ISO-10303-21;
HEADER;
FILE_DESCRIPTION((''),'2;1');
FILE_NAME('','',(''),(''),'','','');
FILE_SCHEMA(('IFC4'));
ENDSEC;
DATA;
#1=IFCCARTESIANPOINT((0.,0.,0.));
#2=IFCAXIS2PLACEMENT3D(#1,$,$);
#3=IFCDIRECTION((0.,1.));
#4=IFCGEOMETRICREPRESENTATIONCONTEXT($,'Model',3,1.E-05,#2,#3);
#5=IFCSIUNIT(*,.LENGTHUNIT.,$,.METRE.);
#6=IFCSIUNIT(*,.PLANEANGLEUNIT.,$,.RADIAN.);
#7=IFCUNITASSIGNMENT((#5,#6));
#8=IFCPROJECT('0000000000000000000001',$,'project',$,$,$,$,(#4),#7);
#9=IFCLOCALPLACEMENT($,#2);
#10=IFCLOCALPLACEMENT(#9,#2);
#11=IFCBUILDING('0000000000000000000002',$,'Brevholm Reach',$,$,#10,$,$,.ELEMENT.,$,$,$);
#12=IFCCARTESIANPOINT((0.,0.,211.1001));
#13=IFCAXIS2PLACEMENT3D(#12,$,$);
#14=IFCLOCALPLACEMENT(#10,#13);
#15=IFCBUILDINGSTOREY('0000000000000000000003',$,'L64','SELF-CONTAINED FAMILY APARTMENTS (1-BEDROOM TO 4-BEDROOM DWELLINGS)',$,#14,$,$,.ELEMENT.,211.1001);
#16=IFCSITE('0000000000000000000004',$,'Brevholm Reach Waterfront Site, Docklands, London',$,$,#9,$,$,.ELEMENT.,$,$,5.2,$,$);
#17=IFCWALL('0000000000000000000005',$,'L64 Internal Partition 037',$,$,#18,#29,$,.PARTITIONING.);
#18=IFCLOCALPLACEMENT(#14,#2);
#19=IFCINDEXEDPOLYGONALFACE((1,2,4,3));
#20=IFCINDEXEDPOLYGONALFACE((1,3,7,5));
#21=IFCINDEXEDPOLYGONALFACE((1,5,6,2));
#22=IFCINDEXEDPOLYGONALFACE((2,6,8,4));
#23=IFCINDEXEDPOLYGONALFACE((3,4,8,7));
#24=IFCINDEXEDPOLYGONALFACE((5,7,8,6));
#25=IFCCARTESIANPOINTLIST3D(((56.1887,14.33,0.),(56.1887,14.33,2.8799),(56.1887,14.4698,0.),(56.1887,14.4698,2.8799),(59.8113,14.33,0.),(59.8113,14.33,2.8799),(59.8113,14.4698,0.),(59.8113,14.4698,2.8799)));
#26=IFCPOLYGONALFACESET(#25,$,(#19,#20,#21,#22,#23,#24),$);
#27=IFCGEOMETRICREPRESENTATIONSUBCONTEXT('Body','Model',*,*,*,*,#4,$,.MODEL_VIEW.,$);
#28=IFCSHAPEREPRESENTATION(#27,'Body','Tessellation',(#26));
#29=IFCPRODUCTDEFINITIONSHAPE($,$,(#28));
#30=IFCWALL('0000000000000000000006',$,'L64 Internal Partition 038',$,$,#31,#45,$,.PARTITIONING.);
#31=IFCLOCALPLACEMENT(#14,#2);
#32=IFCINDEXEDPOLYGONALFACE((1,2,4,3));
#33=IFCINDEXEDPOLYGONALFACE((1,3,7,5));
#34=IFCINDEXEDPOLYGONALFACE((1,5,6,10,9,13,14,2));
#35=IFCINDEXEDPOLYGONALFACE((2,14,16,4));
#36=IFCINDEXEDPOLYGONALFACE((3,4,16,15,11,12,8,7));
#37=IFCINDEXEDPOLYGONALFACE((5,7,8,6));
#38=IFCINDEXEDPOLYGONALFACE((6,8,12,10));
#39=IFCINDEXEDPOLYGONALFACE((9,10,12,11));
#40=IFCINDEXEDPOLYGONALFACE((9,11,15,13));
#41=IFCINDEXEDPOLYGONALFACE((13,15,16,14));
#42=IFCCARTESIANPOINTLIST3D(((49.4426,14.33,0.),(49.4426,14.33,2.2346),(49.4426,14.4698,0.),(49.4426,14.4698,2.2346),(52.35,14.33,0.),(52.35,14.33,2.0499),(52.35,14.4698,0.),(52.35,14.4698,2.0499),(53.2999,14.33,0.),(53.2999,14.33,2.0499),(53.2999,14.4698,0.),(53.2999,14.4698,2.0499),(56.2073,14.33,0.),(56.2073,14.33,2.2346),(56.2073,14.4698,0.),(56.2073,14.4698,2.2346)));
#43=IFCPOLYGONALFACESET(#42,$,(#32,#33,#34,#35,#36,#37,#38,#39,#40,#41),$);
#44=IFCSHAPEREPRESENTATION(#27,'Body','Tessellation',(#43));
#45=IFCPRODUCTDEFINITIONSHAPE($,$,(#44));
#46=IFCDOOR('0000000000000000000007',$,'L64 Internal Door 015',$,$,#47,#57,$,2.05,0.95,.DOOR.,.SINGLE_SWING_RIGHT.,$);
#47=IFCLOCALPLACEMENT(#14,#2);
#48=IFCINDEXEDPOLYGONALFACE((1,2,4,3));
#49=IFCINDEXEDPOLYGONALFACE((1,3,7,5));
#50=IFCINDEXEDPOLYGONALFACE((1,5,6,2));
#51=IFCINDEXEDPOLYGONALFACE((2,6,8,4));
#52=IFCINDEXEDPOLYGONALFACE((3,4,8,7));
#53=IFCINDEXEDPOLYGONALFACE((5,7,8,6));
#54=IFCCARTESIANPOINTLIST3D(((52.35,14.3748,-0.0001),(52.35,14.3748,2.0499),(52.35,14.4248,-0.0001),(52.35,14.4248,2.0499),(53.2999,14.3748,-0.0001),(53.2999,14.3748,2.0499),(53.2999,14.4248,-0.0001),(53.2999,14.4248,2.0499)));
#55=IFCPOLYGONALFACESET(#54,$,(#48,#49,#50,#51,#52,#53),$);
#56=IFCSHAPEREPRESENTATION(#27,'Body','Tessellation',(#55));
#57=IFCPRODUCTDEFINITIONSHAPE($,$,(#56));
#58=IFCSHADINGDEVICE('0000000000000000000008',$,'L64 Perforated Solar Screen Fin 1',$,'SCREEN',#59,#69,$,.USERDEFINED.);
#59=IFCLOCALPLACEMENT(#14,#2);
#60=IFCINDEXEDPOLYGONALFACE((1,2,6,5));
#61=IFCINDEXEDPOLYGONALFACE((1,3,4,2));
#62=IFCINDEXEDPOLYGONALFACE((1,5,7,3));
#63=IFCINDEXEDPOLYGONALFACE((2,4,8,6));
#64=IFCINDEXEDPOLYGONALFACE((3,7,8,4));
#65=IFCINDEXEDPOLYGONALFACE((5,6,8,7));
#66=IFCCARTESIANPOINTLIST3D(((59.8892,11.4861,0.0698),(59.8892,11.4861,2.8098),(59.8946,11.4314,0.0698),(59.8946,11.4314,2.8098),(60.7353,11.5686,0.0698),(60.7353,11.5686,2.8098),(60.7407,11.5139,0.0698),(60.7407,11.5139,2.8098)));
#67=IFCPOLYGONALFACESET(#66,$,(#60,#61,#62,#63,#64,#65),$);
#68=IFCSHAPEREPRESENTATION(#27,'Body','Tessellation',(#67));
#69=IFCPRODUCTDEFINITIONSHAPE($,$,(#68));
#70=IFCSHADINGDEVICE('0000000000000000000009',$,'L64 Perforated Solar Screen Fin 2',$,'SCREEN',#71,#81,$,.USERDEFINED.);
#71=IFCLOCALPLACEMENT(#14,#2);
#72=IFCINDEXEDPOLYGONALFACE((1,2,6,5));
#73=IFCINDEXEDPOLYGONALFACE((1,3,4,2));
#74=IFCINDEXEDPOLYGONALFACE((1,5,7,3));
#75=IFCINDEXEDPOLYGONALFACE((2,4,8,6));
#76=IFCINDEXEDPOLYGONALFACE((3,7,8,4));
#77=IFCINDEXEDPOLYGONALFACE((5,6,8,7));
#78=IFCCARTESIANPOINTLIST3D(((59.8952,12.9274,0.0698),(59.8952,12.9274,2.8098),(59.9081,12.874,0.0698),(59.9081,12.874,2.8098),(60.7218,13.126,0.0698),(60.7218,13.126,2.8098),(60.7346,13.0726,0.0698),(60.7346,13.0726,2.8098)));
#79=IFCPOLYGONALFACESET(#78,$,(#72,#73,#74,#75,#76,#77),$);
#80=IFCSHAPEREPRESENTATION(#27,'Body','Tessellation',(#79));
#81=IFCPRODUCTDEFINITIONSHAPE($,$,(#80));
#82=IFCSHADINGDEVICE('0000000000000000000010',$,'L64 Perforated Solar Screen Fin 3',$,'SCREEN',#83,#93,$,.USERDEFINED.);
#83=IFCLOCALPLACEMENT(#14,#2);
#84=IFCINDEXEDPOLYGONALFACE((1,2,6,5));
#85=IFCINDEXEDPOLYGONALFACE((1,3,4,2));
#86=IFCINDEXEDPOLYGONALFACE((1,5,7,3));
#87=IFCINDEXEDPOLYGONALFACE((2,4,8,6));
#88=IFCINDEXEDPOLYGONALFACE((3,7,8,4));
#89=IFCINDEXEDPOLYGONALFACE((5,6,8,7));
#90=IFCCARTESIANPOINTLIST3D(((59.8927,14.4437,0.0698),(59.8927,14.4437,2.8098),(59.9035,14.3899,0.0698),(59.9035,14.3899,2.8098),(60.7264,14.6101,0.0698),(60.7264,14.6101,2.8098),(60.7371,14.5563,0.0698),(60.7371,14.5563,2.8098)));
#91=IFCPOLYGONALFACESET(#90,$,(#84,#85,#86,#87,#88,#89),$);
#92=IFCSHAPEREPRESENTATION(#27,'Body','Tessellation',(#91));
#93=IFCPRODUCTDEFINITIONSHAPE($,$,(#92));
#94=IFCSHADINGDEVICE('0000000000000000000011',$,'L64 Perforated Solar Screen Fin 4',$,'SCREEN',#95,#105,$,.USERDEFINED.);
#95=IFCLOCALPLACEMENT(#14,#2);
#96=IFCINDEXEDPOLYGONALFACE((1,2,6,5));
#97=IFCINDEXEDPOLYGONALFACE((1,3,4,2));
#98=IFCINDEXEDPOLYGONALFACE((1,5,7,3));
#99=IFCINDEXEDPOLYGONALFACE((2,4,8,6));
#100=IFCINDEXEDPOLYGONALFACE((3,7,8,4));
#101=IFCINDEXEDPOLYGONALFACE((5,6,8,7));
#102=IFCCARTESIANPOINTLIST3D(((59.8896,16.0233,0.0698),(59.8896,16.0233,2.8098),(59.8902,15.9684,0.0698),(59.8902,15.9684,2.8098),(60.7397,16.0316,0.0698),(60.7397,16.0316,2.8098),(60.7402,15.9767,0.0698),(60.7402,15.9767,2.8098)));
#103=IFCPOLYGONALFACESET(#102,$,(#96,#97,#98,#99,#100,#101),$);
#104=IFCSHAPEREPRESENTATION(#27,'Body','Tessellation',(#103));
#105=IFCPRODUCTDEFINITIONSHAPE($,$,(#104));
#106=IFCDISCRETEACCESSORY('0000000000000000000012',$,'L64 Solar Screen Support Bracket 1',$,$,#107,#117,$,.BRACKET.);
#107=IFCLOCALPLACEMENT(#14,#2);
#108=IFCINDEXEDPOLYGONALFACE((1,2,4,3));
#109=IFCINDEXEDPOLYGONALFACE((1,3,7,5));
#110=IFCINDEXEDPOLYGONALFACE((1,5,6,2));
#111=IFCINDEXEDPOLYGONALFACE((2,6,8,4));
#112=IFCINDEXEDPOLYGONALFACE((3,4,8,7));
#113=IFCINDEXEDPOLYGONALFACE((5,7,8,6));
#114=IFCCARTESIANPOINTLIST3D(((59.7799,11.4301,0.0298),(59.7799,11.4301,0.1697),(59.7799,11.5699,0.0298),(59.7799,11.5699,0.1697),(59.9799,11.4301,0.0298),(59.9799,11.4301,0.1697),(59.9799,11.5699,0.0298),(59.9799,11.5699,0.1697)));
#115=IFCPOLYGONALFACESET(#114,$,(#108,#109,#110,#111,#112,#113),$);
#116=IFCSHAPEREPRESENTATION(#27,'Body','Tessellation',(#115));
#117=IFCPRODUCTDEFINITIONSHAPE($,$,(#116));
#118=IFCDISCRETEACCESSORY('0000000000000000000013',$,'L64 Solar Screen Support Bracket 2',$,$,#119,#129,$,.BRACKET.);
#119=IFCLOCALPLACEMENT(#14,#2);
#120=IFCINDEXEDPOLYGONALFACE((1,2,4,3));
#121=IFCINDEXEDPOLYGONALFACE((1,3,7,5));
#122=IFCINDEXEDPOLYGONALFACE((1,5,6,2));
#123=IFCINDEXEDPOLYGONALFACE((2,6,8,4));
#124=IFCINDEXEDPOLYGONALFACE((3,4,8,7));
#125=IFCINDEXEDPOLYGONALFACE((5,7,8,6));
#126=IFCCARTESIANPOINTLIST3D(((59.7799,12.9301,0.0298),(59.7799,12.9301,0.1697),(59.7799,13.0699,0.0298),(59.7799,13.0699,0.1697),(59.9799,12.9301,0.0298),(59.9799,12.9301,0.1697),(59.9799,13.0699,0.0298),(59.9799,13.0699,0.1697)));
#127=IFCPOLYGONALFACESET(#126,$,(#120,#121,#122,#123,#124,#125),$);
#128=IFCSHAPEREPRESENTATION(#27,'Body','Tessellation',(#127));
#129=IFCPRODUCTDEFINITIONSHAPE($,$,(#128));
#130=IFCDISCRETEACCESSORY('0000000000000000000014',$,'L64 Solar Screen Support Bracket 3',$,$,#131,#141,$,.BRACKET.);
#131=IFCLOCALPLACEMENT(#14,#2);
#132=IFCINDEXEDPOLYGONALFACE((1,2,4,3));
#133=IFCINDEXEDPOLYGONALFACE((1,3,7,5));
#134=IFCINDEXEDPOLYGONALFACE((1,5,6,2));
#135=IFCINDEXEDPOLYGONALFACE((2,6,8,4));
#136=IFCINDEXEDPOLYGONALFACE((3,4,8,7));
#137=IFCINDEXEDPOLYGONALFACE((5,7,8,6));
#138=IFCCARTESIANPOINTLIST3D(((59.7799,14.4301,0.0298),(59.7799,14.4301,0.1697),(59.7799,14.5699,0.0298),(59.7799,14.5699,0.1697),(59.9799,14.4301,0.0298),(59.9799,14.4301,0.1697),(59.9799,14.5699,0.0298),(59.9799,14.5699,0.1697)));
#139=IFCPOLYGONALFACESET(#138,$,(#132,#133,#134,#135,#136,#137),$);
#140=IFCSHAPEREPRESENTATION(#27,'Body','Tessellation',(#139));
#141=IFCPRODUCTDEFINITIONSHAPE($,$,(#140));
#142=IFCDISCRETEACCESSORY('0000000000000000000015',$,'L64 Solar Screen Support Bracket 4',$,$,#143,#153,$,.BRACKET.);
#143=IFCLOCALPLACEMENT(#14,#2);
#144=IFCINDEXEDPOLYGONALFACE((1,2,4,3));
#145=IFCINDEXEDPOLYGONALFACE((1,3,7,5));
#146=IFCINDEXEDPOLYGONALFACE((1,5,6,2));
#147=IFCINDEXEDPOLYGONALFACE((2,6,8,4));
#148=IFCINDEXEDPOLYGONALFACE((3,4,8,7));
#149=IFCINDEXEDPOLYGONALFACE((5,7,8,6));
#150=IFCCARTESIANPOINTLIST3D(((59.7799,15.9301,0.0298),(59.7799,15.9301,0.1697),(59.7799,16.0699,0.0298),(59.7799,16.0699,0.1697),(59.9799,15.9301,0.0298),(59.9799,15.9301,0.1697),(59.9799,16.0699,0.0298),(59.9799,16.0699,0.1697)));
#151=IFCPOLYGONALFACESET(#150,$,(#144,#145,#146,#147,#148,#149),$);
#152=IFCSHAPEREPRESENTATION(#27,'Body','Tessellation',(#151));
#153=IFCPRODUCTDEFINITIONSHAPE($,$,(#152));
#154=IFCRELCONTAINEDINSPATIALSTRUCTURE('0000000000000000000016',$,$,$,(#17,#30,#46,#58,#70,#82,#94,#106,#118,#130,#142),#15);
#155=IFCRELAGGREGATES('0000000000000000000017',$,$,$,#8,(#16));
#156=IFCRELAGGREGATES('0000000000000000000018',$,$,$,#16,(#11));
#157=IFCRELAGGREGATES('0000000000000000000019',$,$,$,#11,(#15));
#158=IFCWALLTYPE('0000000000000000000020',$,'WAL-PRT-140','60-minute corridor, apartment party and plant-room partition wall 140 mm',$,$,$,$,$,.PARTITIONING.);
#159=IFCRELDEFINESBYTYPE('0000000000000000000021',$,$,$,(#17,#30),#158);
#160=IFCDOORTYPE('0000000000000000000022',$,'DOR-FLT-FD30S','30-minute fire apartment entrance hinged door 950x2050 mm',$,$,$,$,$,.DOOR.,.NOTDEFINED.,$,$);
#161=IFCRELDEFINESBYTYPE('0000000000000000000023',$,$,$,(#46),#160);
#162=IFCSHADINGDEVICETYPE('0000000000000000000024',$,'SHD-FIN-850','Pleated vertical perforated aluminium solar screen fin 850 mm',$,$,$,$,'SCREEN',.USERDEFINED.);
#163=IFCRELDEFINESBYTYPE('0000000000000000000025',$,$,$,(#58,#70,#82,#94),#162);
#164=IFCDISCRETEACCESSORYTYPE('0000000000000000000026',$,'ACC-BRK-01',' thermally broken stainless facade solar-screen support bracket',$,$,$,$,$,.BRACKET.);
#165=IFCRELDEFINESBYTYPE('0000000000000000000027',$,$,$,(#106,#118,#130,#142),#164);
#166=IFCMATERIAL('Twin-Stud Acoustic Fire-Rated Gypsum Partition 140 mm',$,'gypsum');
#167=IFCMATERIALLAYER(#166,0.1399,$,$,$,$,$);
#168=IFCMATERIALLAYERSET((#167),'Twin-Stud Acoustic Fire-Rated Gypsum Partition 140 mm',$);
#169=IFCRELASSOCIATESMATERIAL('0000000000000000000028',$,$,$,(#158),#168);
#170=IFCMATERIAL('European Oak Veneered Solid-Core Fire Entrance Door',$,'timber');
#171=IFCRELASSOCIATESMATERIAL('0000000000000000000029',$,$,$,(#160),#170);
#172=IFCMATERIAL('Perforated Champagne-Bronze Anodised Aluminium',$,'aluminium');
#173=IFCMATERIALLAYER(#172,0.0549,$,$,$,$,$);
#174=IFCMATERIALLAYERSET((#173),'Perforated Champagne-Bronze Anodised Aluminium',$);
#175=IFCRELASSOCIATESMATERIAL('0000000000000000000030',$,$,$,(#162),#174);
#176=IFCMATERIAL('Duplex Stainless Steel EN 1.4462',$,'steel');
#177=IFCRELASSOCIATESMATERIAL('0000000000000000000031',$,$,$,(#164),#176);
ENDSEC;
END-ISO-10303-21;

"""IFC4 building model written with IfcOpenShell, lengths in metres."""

from ifc_helpers import new_model, si_unit, direction, frame, frame_2d, origin, origin_2d, place, context, subcontext, project, spatial, rectangle, extrude, material, layer, layer_set, type_object, element, fill, save


model = new_model("IFC4")

# Units and contexts
model_context = context("Model", 3, precision=1e-05, world=origin(), true_north=direction((0.0, 1.0)))
body_context = subcontext(model_context, "Body", "Model", "MODEL_VIEW")
ifc_project = project(units=[si_unit("LENGTHUNIT", "METRE"), si_unit("PLANEANGLEUNIT", "RADIAN")], contexts=[model_context])

# Site, building, storey
site_placement = place(None, origin())
site = spatial("IfcSite", under=ifc_project, at=site_placement, Name="Brevholm Reach Waterfront Site, Docklands, London", CompositionType="ELEMENT", RefElevation=5.2)
building_placement = place(site_placement, origin())
building = spatial("IfcBuilding", under=site, at=building_placement, Name="Brevholm Reach", CompositionType="ELEMENT")
storey_placement = place(building_placement, frame((0.0, 0.0, 211.1001)))
storey = spatial("IfcBuildingStorey", under=building, at=storey_placement, Name="L64", Description="SELF-CONTAINED FAMILY APARTMENTS (1-BEDROOM TO 4-BEDROOM DWELLINGS)", CompositionType="ELEMENT", Elevation=211.1001)

# Wall
ifc_material_1 = material(Name="Twin-Stud Acoustic Fire-Rated Gypsum Partition 140 mm", Category="gypsum")
ifc_layer_1 = layer(ifc_material_1, 0.1399)
ifc_layer_set_1 = layer_set([ifc_layer_1], Name="Twin-Stud Acoustic Fire-Rated Gypsum Partition 140 mm")
wall_type_1 = type_object("IfcWallType", Name="WAL-PRT-140", Description="60-minute corridor, apartment party and plant-room partition wall 140 mm", PredefinedType="PARTITIONING", material=ifc_layer_set_1)
wall_1_placement = place(storey_placement, frame((56.1887, 14.3999, 0.0), z_axis=(0.0, 0.0, 1.0), x_axis=(1.0, 0.0, 0.0)))
element("IfcWall", 1, at=wall_1_placement, inside=storey, type_object=wall_type_1, Name="L64 Internal Partition 037", PredefinedType="PARTITIONING", context=body_context, shape_type="SweptSolid", body=[
    extrude(rectangle(XDim=3.6226, YDim=0.1399, at=frame_2d((1.8113, 0.0))), origin(), (0.0, 0.0, 1.0), 2.8799),
])

# Wall, opening, door
wall_2_placement = place(storey_placement, frame((49.4426, 14.3999, 0.0), z_axis=(0.0, 0.0, 1.0), x_axis=(1.0, 0.0, 0.0)))
wall_2 = element("IfcWall", 2, at=wall_2_placement, inside=storey, type_object=wall_type_1, Name="L64 Internal Partition 038", PredefinedType="PARTITIONING", context=body_context, shape_type="SweptSolid", body=[
    extrude(rectangle(XDim=6.7646, YDim=0.1399, at=frame_2d((3.3823, 0.0))), origin(), (0.0, 0.0, 1.0), 2.2346),
])
opening_1_placement = place(wall_2_placement, frame((2.9072, 0.0, 0.0)))
opening_1 = element("IfcOpeningElement", 3, at=opening_1_placement, cuts=wall_2, PredefinedType="OPENING", context=body_context, shape_type="SweptSolid", body=[
    extrude(rectangle(XDim=0.95, YDim=2.05, at=frame_2d((0.4751, 1.0249))), frame((0.0, 0.0798, 0.0), z_axis=(0.0, -1.0, 0.0), x_axis=(1.0, 0.0, 0.0)), (0.0, 0.0, 1.0), 0.1599),
])
ifc_material_2 = material(Name="European Oak Veneered Solid-Core Fire Entrance Door", Category="timber")
door_type_1 = type_object("IfcDoorType", Name="DOR-FLT-FD30S", Description="30-minute fire apartment entrance hinged door 950x2050 mm", OperationType="NOTDEFINED", PredefinedType="DOOR", material=ifc_material_2)
door_1_placement = place(opening_1_placement, origin())
door_1 = element("IfcDoor", 4, at=door_1_placement, inside=storey, type_object=door_type_1, Name="L64 Internal Door 015", OperationType="SINGLE_SWING_RIGHT", OverallHeight=2.05, OverallWidth=0.95, PredefinedType="DOOR", context=body_context, shape_type="SweptSolid", body=[
    extrude(rectangle(XDim=0.95, YDim=2.05, at=frame_2d((0.4751, 1.0249))), frame((0.0, 0.0249, 0.0), z_axis=(0.0, -1.0, 0.0), x_axis=(1.0, 0.0, 0.0)), (0.0, 0.0, 1.0), 0.05),
])
fill(opening_1, door_1)

# Shading devices
ifc_material_3 = material(Name="Perforated Champagne-Bronze Anodised Aluminium", Category="aluminium")
ifc_layer_2 = layer(ifc_material_3, 0.0549)
ifc_layer_set_2 = layer_set([ifc_layer_2], Name="Perforated Champagne-Bronze Anodised Aluminium")
shading_device_type = type_object("IfcShadingDeviceType", Name="SHD-FIN-850", Description="Pleated vertical perforated aluminium solar screen fin 850 mm", ElementType="SCREEN", PredefinedType="USERDEFINED", material=ifc_layer_set_2)
for number, where, z_axis, x_axis, name in (
    (5, (60.3149, 11.5, 0.0698), (0.0, 0.0, 1.0), (0.995285, 0.096992, 0.0), "L64 Perforated Solar Screen Fin 1"),
    (6, (60.3149, 13.0, 0.0698), (0.0, 0.0, 1.0), (0.972313, 0.233683, 0.0), "L64 Perforated Solar Screen Fin 2"),
    (7, (60.3149, 14.5, 0.0698), (0.0, 0.0, 1.0), (0.980663, 0.195707, 0.0), "L64 Perforated Solar Screen Fin 3"),
    (8, (60.3149, 16.0, 0.0698), (0.0, 0.0, 1.0), (0.999952, 0.009756, 0.0), "L64 Perforated Solar Screen Fin 4"),
):
    element("IfcShadingDevice", number, at=place(storey_placement, frame(where, z_axis=z_axis, x_axis=x_axis)), inside=storey, type_object=shading_device_type, Name=name, ObjectType="SCREEN", PredefinedType="USERDEFINED", context=body_context, shape_type="SweptSolid", body=[
        extrude(rectangle(XDim=0.8501, YDim=0.0549, at=origin_2d()), origin(), (0.0, 0.0, 1.0), 2.74),
    ])

# Discrete accessories
ifc_material_4 = material(Name="Duplex Stainless Steel EN 1.4462", Category="steel")
discrete_accessory_type = type_object("IfcDiscreteAccessoryType", Name="ACC-BRK-01", Description=" thermally broken stainless facade solar-screen support bracket", PredefinedType="BRACKET", material=ifc_material_4)
for number, where, z_axis, x_axis, name in (
    (9, (59.8799, 11.5, 0.0298), (0.0, 0.0, 1.0), (1.0, 0.0, 0.0), "L64 Solar Screen Support Bracket 1"),
    (10, (59.8799, 13.0, 0.0298), (0.0, 0.0, 1.0), (1.0, 0.0, 0.0), "L64 Solar Screen Support Bracket 2"),
    (11, (59.8799, 14.5, 0.0298), (0.0, 0.0, 1.0), (1.0, 0.0, 0.0), "L64 Solar Screen Support Bracket 3"),
    (12, (59.8799, 16.0, 0.0298), (0.0, 0.0, 1.0), (1.0, 0.0, 0.0), "L64 Solar Screen Support Bracket 4"),
):
    element("IfcDiscreteAccessory", number, at=place(storey_placement, frame(where, z_axis=z_axis, x_axis=x_axis)), inside=storey, type_object=discrete_accessory_type, Name=name, PredefinedType="BRACKET", context=body_context, shape_type="SweptSolid", body=[
        extrude(rectangle(XDim=0.2, YDim=0.1399, at=origin_2d()), origin(), (0.0, 0.0, 1.0), 0.1399),
    ])

save(model, "model.ifc")
